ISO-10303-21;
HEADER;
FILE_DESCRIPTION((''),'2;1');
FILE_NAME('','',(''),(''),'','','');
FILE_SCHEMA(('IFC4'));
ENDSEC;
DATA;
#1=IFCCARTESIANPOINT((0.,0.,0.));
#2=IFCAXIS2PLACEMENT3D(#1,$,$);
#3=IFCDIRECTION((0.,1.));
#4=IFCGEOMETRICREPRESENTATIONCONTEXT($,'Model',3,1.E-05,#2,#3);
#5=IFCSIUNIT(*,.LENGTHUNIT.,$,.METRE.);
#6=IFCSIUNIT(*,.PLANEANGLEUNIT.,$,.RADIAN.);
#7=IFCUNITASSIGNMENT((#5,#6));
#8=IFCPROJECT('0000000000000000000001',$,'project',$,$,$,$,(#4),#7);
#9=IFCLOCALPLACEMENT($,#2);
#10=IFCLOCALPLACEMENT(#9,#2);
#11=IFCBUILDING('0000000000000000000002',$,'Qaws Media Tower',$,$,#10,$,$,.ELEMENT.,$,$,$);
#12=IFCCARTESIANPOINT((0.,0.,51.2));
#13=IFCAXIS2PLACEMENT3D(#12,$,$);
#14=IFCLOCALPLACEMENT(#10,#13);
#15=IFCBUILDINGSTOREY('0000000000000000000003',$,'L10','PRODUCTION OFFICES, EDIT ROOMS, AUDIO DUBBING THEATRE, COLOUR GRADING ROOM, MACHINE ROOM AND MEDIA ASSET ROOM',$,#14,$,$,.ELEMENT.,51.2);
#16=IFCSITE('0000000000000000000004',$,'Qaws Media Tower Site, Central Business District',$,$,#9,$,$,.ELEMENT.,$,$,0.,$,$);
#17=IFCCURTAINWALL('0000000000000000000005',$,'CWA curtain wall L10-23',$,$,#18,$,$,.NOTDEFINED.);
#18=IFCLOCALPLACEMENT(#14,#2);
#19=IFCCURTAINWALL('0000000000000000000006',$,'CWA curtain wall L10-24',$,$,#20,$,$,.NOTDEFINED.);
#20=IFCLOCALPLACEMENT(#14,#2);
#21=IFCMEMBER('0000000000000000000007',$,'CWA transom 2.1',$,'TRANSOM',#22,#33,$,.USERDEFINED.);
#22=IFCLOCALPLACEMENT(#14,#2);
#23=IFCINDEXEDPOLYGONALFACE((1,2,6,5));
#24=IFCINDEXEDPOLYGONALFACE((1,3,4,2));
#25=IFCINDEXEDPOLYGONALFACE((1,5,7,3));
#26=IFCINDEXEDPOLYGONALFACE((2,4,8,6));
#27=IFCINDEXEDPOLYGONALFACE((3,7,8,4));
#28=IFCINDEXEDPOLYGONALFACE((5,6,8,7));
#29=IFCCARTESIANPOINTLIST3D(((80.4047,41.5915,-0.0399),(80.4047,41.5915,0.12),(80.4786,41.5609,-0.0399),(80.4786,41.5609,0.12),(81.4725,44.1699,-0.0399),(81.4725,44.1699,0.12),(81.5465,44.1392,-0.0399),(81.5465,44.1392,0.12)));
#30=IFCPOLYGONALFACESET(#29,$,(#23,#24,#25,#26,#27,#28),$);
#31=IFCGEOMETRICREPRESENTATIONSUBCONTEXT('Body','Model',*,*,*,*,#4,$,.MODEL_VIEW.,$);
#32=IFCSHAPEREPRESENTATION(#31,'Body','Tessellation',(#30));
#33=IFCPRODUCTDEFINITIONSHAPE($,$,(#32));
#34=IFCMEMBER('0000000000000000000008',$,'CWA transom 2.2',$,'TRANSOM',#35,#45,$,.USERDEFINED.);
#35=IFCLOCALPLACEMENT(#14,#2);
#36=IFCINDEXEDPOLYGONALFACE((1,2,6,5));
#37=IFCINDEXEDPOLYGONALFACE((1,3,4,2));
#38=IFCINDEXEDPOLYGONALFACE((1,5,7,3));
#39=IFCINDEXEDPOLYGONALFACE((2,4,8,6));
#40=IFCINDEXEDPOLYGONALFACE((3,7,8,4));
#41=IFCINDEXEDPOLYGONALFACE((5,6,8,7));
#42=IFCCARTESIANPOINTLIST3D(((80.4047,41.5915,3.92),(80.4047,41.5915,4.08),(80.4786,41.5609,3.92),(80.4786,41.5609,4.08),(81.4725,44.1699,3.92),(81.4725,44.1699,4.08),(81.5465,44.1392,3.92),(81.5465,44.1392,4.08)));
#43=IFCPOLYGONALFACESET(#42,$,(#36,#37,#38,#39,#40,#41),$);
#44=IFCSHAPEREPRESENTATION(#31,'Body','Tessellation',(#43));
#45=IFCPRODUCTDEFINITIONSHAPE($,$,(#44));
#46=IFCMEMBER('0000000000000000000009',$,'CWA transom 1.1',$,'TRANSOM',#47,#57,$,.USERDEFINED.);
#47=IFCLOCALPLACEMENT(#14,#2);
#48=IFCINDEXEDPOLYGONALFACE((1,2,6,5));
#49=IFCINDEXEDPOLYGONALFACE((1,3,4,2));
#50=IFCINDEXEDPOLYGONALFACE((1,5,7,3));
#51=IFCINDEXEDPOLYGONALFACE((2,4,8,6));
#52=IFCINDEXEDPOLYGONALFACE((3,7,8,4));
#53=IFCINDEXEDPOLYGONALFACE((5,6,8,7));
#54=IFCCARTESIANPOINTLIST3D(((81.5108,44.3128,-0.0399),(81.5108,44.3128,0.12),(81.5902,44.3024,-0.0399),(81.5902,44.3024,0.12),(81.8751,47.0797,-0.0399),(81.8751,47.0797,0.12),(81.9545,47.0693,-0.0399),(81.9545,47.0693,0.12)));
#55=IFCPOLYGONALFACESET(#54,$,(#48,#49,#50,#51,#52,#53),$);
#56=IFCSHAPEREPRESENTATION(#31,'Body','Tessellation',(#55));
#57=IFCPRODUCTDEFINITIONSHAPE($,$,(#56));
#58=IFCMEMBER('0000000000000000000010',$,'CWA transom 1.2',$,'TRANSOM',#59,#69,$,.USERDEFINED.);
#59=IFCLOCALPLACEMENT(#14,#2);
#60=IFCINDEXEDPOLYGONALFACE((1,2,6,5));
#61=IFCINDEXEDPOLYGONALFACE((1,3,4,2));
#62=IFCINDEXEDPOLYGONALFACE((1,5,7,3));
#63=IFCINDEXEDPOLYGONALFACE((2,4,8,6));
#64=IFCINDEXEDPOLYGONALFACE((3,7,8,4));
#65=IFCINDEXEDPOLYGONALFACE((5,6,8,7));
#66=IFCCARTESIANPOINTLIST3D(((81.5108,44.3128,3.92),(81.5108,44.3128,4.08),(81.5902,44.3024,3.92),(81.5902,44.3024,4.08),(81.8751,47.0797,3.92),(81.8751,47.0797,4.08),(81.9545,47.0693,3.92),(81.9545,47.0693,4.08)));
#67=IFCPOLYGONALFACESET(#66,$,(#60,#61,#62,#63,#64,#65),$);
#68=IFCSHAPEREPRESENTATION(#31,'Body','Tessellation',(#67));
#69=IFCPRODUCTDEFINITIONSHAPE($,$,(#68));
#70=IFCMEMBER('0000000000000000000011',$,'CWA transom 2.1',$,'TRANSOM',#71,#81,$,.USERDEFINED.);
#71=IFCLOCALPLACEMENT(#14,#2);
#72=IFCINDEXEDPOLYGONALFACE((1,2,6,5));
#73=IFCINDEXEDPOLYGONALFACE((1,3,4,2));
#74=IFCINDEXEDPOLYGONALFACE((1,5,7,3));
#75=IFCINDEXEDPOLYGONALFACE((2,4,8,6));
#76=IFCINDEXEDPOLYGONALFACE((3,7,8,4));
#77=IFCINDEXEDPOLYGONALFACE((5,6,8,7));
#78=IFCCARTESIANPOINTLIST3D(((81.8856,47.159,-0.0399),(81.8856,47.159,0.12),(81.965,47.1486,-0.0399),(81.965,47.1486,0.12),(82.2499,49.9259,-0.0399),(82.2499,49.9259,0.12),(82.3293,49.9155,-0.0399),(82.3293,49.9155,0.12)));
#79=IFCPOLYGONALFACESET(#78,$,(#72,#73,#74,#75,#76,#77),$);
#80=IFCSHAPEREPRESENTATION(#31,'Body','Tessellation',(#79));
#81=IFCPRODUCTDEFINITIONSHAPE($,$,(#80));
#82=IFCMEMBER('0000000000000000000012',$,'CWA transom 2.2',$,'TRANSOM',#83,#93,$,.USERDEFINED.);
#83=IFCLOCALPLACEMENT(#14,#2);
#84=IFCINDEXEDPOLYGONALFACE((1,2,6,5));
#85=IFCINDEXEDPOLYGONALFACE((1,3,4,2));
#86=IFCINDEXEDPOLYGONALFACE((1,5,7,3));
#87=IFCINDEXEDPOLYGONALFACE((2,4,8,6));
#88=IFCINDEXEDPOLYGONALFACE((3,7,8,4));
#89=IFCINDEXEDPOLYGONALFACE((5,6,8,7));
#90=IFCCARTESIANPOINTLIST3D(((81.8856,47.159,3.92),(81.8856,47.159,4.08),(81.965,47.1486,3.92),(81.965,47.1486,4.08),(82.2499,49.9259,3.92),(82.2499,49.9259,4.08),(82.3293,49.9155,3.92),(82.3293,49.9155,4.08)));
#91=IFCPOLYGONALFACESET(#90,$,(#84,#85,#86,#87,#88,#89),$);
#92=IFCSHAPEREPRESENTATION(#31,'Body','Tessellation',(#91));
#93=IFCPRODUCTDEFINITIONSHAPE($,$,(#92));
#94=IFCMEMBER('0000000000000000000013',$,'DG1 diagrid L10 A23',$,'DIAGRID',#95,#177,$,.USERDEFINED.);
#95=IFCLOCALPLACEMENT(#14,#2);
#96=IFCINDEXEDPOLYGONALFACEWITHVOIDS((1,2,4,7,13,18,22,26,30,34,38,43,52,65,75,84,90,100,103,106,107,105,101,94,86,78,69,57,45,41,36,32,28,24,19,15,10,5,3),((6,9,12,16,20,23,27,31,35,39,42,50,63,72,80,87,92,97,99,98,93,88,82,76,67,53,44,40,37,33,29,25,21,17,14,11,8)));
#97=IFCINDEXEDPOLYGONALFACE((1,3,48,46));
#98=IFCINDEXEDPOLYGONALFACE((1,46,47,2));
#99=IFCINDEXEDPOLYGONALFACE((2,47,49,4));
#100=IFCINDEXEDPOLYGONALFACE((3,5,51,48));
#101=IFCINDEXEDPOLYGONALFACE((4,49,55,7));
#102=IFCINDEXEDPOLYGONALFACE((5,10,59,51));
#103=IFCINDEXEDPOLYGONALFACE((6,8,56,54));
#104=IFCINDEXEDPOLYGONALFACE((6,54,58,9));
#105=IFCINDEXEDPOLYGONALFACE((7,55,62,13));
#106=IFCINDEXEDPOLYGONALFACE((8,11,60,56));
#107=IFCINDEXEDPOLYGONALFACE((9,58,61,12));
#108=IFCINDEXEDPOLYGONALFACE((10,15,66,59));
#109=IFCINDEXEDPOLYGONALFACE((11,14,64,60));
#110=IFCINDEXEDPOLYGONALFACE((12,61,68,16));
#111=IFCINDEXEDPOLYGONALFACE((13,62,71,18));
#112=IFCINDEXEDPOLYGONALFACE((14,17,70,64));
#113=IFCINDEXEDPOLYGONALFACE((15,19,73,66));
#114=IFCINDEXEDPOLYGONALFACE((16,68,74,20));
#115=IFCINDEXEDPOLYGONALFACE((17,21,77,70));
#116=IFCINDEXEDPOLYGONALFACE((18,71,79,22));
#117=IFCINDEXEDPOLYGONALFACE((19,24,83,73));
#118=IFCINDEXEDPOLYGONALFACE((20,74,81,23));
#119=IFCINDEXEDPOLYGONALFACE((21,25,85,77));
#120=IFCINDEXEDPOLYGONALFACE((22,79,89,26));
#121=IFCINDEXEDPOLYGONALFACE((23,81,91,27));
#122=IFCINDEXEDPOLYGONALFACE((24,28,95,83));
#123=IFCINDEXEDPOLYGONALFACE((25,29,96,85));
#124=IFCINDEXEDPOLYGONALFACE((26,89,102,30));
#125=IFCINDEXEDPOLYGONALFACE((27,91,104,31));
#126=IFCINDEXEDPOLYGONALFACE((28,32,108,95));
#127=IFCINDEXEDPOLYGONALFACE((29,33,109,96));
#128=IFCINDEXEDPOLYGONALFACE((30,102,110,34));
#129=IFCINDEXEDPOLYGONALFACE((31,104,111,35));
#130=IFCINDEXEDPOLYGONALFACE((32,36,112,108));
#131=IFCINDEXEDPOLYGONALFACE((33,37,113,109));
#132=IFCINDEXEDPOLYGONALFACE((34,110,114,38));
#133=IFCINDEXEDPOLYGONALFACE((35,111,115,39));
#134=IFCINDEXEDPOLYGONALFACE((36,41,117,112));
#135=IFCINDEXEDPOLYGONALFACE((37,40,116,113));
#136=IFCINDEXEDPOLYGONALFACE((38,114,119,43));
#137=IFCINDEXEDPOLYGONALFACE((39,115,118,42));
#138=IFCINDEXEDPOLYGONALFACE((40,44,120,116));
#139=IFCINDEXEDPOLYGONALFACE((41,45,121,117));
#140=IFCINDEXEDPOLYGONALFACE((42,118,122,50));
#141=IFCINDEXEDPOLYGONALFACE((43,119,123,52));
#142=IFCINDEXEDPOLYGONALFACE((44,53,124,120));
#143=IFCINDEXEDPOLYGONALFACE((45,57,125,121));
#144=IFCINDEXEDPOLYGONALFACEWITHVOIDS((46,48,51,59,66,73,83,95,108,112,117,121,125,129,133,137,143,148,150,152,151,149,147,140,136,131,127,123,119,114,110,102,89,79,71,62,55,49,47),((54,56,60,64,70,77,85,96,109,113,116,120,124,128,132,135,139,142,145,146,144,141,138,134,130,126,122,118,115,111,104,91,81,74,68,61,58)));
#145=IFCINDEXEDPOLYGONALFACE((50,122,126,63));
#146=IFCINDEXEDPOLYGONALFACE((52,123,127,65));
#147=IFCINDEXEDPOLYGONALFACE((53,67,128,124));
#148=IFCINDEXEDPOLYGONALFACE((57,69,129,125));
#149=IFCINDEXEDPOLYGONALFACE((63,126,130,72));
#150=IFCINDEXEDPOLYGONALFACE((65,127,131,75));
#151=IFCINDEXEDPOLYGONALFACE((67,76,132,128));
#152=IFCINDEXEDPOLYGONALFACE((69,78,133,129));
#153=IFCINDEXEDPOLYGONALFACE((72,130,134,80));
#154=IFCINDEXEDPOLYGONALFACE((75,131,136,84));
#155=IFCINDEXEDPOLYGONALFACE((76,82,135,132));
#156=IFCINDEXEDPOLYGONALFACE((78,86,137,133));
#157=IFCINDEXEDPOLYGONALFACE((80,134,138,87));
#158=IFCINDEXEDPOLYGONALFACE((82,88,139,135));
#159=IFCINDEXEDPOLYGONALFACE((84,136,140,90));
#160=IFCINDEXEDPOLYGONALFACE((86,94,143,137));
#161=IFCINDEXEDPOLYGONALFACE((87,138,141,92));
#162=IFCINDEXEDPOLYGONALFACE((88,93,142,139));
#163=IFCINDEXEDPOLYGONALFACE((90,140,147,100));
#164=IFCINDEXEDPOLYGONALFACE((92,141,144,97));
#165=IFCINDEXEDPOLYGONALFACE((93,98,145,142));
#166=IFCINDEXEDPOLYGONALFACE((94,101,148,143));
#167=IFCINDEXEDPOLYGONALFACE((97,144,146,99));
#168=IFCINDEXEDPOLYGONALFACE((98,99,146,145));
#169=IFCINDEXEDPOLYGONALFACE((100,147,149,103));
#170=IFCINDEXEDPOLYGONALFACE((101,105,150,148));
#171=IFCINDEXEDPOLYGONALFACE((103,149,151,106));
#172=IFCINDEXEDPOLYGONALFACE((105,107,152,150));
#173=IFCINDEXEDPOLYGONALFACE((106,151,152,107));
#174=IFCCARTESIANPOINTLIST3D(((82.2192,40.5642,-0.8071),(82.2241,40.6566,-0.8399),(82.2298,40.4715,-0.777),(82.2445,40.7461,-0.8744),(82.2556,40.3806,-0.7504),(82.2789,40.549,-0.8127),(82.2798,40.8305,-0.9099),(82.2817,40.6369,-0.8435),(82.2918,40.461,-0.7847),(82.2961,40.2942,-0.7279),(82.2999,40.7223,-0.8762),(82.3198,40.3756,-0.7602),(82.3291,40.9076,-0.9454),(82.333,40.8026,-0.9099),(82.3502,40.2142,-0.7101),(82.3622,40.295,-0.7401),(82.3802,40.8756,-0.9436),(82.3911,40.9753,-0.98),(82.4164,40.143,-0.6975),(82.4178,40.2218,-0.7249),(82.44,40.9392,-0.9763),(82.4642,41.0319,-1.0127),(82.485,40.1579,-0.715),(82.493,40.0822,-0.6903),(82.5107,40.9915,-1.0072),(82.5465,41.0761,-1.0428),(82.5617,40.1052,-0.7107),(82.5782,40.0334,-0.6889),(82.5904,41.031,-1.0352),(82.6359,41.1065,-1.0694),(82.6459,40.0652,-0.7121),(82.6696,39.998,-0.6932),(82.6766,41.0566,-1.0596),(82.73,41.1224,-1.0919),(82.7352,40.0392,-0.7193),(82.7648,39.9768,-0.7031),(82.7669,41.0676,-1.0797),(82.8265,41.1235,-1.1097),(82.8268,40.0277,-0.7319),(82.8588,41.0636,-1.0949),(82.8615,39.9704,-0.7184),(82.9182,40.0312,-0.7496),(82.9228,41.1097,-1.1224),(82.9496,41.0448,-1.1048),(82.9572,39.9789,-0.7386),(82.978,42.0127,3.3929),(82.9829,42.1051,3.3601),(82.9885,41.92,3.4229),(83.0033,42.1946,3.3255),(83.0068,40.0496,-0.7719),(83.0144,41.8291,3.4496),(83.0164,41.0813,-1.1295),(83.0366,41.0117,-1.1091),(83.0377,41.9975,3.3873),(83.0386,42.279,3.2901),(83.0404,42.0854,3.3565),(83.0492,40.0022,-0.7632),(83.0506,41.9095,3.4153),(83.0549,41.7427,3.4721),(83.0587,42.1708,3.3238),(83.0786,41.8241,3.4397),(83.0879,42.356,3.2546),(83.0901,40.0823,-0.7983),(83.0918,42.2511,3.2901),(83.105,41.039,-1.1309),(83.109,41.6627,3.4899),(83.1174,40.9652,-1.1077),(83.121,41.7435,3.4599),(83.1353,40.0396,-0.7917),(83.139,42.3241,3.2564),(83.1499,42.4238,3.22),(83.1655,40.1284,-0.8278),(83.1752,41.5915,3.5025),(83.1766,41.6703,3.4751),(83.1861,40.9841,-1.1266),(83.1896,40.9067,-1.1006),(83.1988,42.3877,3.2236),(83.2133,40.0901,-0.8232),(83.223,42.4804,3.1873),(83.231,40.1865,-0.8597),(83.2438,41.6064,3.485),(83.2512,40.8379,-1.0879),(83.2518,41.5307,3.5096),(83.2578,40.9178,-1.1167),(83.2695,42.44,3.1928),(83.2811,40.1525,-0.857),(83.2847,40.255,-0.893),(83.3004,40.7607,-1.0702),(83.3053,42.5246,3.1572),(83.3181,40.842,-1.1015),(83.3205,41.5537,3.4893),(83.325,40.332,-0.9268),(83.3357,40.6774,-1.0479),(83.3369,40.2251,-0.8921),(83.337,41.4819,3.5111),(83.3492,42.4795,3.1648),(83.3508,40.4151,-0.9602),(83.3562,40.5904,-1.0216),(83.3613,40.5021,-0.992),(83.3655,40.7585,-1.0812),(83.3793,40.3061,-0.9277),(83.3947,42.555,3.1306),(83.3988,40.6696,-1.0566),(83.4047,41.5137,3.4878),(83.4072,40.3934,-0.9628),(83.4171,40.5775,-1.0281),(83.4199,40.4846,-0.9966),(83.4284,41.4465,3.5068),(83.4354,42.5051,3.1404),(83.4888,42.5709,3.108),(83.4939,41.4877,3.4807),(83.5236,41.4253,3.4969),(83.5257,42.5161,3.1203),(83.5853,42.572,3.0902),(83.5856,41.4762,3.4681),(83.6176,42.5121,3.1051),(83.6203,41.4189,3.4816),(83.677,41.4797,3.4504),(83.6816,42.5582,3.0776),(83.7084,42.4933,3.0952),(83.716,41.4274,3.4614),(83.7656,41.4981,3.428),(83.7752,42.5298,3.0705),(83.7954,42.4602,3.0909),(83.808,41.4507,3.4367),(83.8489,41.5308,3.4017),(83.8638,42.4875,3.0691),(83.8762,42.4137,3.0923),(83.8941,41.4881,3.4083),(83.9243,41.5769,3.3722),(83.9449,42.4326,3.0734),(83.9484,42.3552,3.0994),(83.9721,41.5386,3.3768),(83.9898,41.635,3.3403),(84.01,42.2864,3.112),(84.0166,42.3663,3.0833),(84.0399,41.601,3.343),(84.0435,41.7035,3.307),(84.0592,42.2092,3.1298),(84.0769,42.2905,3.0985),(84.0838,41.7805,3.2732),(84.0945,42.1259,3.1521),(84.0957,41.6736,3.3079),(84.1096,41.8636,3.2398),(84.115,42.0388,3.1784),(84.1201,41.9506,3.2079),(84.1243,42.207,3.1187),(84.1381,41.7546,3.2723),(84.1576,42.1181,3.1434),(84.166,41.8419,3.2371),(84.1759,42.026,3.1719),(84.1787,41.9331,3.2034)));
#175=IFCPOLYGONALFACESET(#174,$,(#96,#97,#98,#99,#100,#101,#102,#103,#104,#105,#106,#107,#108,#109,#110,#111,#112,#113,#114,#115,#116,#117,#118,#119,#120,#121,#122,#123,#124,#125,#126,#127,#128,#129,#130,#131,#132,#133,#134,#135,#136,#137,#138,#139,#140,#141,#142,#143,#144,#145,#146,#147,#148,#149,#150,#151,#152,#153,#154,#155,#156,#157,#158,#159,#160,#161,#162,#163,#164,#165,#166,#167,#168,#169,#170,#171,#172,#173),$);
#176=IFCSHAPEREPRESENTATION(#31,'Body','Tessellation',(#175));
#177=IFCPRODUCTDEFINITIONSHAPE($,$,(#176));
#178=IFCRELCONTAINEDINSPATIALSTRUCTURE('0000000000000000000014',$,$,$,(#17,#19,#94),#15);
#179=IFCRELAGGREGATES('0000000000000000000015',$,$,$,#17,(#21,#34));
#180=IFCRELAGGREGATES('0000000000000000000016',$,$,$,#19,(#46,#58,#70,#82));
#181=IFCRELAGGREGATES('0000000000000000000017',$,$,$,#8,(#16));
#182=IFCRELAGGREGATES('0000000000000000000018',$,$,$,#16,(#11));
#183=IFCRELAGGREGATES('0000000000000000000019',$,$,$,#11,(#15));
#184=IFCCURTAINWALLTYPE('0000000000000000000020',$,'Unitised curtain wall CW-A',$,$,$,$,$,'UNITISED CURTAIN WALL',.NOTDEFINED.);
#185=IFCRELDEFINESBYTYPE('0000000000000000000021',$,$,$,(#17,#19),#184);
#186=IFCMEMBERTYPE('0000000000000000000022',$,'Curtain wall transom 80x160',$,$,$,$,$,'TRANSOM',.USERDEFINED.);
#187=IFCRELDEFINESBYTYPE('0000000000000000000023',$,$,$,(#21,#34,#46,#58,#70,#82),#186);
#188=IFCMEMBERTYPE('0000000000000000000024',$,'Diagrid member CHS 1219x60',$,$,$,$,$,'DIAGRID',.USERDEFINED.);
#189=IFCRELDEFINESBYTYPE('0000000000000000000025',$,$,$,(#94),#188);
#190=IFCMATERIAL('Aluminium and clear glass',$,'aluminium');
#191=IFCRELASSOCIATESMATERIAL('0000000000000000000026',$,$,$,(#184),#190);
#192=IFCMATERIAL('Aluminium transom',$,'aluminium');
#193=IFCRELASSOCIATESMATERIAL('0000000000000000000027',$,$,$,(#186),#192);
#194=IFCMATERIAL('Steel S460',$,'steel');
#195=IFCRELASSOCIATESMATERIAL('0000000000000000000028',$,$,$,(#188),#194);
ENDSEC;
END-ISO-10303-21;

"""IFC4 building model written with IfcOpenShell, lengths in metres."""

from ifc_helpers import new_model, si_unit, direction, frame, origin, origin_2d, place, context, subcontext, project, spatial, rectangle, hollow_circle, extrude, material, material_profile, profile_set, type_object, element, aggregate, save


model = new_model("IFC4")

# Units and contexts
model_context = context("Model", 3, precision=1e-05, world=origin(), true_north=direction((0.0, 1.0)))
body_context = subcontext(model_context, "Body", "Model", "MODEL_VIEW")
ifc_project = project(units=[si_unit("LENGTHUNIT", "METRE"), si_unit("PLANEANGLEUNIT", "RADIAN")], contexts=[model_context])

# Site, building, storey
site_placement = place(None, origin())
site = spatial("IfcSite", under=ifc_project, at=site_placement, Name="Qaws Media Tower Site, Central Business District", CompositionType="ELEMENT", RefElevation=0.0)
building_placement = place(site_placement, origin())
building = spatial("IfcBuilding", under=site, at=building_placement, Name="Qaws Media Tower", CompositionType="ELEMENT")
storey_placement = place(building_placement, frame((0.0, 0.0, 51.2)))
storey = spatial("IfcBuildingStorey", under=building, at=storey_placement, Name="L10", Description="PRODUCTION OFFICES, EDIT ROOMS, AUDIO DUBBING THEATRE, COLOUR GRADING ROOM, MACHINE ROOM AND MEDIA ASSET ROOM", CompositionType="ELEMENT", Elevation=51.2)

# Curtain walls
ifc_material_1 = material(Name="Aluminium and clear glass", Category="aluminium")
curtain_wall_type = type_object("IfcCurtainWallType", Name="Unitised curtain wall CW-A", ElementType="UNITISED CURTAIN WALL", PredefinedType="NOTDEFINED", material=ifc_material_1)
curtain_wall_1_placement = place(storey_placement, origin())
curtain_wall_1 = element("IfcCurtainWall", 1, at=curtain_wall_1_placement, inside=storey, type_object=curtain_wall_type, Name="CWA curtain wall L10-23", PredefinedType="NOTDEFINED")
curtain_wall_2_placement = place(storey_placement, origin())
curtain_wall_2 = element("IfcCurtainWall", 2, at=curtain_wall_2_placement, inside=storey, type_object=curtain_wall_type, Name="CWA curtain wall L10-24", PredefinedType="NOTDEFINED")

# Members
ifc_material_2 = material(Name="Aluminium transom", Category="aluminium")
ifc_material_profile_1 = material_profile(ifc_material_2, rectangle(XDim=0.0801, YDim=0.1599, at=origin_2d()), Name="80x160")
ifc_profile_set_1 = profile_set([ifc_material_profile_1], Name="Aluminium transom")
member_type_1 = type_object("IfcMemberType", Name="Curtain wall transom 80x160", ElementType="TRANSOM", PredefinedType="USERDEFINED", material=ifc_profile_set_1)
member_1_placement = place(storey_placement, frame((80.4417, 41.5762, 0.04), z_axis=(0.382645, 0.923895, 0.0), x_axis=(-0.923895, 0.382645, 0.0)))
member_1 = element("IfcMember", 3, at=member_1_placement, type_object=member_type_1, Name="CWA transom 2.1", ObjectType="TRANSOM", PredefinedType="USERDEFINED", context=body_context, shape_type="SweptSolid", body=[
    extrude(rectangle(XDim=0.0801, YDim=0.1599, at=origin_2d()), origin(), (0.0, 0.0, 1.0), 2.7908),
])
member_2_placement = place(storey_placement, frame((80.4417, 41.5762, 4.0), z_axis=(0.382645, 0.923895, 0.0), x_axis=(-0.923895, 0.382645, 0.0)))
member_2 = element("IfcMember", 4, at=member_2_placement, type_object=member_type_1, Name="CWA transom 2.2", ObjectType="TRANSOM", PredefinedType="USERDEFINED", context=body_context, shape_type="SweptSolid", body=[
    extrude(rectangle(XDim=0.0801, YDim=0.1599, at=origin_2d()), origin(), (0.0, 0.0, 1.0), 2.7908),
])
member_3_placement = place(storey_placement, frame((81.5505, 44.3076, 0.04), z_axis=(0.130525, 0.991445, 0.0), x_axis=(-0.991445, 0.130525, 0.0)))
member_3 = element("IfcMember", 5, at=member_3_placement, type_object=member_type_1, Name="CWA transom 1.1", ObjectType="TRANSOM", PredefinedType="USERDEFINED", context=body_context, shape_type="SweptSolid", body=[
    extrude(rectangle(XDim=0.0801, YDim=0.1599, at=origin_2d()), origin(), (0.0, 0.0, 1.0), 2.7908),
])
member_4_placement = place(storey_placement, frame((81.5505, 44.3076, 4.0), z_axis=(0.130525, 0.991445, 0.0), x_axis=(-0.991445, 0.130525, 0.0)))
member_4 = element("IfcMember", 6, at=member_4_placement, type_object=member_type_1, Name="CWA transom 1.2", ObjectType="TRANSOM", PredefinedType="USERDEFINED", context=body_context, shape_type="SweptSolid", body=[
    extrude(rectangle(XDim=0.0801, YDim=0.1599, at=origin_2d()), origin(), (0.0, 0.0, 1.0), 2.7908),
])
member_5_placement = place(storey_placement, frame((81.9253, 47.1538, 0.04), z_axis=(0.130525, 0.991445, 0.0), x_axis=(-0.991445, 0.130525, 0.0)))
member_5 = element("IfcMember", 7, at=member_5_placement, type_object=member_type_1, Name="CWA transom 2.1", ObjectType="TRANSOM", PredefinedType="USERDEFINED", context=body_context, shape_type="SweptSolid", body=[
    extrude(rectangle(XDim=0.0801, YDim=0.1599, at=origin_2d()), origin(), (0.0, 0.0, 1.0), 2.7908),
])
member_6_placement = place(storey_placement, frame((81.9253, 47.1538, 4.0), z_axis=(0.130525, 0.991445, 0.0), x_axis=(-0.991445, 0.130525, 0.0)))
member_6 = element("IfcMember", 8, at=member_6_placement, type_object=member_type_1, Name="CWA transom 2.2", ObjectType="TRANSOM", PredefinedType="USERDEFINED", context=body_context, shape_type="SweptSolid", body=[
    extrude(rectangle(XDim=0.0801, YDim=0.1599, at=origin_2d()), origin(), (0.0, 0.0, 1.0), 2.7908),
])

# Member
ifc_material_3 = material(Name="Steel S460", Category="steel")
ifc_material_profile_2 = material_profile(ifc_material_3, hollow_circle(Radius=0.6096, WallThickness=0.0601, at=origin_2d()), Name="CHS 1219x60")
ifc_profile_set_2 = profile_set([ifc_material_profile_2], Name="Steel S460")
member_type_2 = type_object("IfcMemberType", Name="Diagrid member CHS 1219x60", ElementType="DIAGRID", PredefinedType="USERDEFINED", material=ifc_profile_set_2)
for number, where, z_axis, x_axis, name in (
    (9, (82.8198, 40.5476, -0.9099), (0.168356, 0.321383, 0.931863), (-0.885817, 0.464035, 0.0), "DG1 diagrid L10 A23"),
):
    element("IfcMember", number, at=place(storey_placement, frame(where, z_axis=z_axis, x_axis=x_axis)), inside=storey, type_object=member_type_2, Name=name, ObjectType="DIAGRID", PredefinedType="USERDEFINED", context=body_context, shape_type="SweptSolid", body=[
        extrude(hollow_circle(Radius=0.6096, WallThickness=0.0601, at=origin_2d()), origin(), (0.0, 0.0, 1.0), 4.5071),
    ])

aggregate(curtain_wall_1, [member_1, member_2])
aggregate(curtain_wall_2, [member_3, member_4, member_5, member_6])

save(model, "model.ifc")
